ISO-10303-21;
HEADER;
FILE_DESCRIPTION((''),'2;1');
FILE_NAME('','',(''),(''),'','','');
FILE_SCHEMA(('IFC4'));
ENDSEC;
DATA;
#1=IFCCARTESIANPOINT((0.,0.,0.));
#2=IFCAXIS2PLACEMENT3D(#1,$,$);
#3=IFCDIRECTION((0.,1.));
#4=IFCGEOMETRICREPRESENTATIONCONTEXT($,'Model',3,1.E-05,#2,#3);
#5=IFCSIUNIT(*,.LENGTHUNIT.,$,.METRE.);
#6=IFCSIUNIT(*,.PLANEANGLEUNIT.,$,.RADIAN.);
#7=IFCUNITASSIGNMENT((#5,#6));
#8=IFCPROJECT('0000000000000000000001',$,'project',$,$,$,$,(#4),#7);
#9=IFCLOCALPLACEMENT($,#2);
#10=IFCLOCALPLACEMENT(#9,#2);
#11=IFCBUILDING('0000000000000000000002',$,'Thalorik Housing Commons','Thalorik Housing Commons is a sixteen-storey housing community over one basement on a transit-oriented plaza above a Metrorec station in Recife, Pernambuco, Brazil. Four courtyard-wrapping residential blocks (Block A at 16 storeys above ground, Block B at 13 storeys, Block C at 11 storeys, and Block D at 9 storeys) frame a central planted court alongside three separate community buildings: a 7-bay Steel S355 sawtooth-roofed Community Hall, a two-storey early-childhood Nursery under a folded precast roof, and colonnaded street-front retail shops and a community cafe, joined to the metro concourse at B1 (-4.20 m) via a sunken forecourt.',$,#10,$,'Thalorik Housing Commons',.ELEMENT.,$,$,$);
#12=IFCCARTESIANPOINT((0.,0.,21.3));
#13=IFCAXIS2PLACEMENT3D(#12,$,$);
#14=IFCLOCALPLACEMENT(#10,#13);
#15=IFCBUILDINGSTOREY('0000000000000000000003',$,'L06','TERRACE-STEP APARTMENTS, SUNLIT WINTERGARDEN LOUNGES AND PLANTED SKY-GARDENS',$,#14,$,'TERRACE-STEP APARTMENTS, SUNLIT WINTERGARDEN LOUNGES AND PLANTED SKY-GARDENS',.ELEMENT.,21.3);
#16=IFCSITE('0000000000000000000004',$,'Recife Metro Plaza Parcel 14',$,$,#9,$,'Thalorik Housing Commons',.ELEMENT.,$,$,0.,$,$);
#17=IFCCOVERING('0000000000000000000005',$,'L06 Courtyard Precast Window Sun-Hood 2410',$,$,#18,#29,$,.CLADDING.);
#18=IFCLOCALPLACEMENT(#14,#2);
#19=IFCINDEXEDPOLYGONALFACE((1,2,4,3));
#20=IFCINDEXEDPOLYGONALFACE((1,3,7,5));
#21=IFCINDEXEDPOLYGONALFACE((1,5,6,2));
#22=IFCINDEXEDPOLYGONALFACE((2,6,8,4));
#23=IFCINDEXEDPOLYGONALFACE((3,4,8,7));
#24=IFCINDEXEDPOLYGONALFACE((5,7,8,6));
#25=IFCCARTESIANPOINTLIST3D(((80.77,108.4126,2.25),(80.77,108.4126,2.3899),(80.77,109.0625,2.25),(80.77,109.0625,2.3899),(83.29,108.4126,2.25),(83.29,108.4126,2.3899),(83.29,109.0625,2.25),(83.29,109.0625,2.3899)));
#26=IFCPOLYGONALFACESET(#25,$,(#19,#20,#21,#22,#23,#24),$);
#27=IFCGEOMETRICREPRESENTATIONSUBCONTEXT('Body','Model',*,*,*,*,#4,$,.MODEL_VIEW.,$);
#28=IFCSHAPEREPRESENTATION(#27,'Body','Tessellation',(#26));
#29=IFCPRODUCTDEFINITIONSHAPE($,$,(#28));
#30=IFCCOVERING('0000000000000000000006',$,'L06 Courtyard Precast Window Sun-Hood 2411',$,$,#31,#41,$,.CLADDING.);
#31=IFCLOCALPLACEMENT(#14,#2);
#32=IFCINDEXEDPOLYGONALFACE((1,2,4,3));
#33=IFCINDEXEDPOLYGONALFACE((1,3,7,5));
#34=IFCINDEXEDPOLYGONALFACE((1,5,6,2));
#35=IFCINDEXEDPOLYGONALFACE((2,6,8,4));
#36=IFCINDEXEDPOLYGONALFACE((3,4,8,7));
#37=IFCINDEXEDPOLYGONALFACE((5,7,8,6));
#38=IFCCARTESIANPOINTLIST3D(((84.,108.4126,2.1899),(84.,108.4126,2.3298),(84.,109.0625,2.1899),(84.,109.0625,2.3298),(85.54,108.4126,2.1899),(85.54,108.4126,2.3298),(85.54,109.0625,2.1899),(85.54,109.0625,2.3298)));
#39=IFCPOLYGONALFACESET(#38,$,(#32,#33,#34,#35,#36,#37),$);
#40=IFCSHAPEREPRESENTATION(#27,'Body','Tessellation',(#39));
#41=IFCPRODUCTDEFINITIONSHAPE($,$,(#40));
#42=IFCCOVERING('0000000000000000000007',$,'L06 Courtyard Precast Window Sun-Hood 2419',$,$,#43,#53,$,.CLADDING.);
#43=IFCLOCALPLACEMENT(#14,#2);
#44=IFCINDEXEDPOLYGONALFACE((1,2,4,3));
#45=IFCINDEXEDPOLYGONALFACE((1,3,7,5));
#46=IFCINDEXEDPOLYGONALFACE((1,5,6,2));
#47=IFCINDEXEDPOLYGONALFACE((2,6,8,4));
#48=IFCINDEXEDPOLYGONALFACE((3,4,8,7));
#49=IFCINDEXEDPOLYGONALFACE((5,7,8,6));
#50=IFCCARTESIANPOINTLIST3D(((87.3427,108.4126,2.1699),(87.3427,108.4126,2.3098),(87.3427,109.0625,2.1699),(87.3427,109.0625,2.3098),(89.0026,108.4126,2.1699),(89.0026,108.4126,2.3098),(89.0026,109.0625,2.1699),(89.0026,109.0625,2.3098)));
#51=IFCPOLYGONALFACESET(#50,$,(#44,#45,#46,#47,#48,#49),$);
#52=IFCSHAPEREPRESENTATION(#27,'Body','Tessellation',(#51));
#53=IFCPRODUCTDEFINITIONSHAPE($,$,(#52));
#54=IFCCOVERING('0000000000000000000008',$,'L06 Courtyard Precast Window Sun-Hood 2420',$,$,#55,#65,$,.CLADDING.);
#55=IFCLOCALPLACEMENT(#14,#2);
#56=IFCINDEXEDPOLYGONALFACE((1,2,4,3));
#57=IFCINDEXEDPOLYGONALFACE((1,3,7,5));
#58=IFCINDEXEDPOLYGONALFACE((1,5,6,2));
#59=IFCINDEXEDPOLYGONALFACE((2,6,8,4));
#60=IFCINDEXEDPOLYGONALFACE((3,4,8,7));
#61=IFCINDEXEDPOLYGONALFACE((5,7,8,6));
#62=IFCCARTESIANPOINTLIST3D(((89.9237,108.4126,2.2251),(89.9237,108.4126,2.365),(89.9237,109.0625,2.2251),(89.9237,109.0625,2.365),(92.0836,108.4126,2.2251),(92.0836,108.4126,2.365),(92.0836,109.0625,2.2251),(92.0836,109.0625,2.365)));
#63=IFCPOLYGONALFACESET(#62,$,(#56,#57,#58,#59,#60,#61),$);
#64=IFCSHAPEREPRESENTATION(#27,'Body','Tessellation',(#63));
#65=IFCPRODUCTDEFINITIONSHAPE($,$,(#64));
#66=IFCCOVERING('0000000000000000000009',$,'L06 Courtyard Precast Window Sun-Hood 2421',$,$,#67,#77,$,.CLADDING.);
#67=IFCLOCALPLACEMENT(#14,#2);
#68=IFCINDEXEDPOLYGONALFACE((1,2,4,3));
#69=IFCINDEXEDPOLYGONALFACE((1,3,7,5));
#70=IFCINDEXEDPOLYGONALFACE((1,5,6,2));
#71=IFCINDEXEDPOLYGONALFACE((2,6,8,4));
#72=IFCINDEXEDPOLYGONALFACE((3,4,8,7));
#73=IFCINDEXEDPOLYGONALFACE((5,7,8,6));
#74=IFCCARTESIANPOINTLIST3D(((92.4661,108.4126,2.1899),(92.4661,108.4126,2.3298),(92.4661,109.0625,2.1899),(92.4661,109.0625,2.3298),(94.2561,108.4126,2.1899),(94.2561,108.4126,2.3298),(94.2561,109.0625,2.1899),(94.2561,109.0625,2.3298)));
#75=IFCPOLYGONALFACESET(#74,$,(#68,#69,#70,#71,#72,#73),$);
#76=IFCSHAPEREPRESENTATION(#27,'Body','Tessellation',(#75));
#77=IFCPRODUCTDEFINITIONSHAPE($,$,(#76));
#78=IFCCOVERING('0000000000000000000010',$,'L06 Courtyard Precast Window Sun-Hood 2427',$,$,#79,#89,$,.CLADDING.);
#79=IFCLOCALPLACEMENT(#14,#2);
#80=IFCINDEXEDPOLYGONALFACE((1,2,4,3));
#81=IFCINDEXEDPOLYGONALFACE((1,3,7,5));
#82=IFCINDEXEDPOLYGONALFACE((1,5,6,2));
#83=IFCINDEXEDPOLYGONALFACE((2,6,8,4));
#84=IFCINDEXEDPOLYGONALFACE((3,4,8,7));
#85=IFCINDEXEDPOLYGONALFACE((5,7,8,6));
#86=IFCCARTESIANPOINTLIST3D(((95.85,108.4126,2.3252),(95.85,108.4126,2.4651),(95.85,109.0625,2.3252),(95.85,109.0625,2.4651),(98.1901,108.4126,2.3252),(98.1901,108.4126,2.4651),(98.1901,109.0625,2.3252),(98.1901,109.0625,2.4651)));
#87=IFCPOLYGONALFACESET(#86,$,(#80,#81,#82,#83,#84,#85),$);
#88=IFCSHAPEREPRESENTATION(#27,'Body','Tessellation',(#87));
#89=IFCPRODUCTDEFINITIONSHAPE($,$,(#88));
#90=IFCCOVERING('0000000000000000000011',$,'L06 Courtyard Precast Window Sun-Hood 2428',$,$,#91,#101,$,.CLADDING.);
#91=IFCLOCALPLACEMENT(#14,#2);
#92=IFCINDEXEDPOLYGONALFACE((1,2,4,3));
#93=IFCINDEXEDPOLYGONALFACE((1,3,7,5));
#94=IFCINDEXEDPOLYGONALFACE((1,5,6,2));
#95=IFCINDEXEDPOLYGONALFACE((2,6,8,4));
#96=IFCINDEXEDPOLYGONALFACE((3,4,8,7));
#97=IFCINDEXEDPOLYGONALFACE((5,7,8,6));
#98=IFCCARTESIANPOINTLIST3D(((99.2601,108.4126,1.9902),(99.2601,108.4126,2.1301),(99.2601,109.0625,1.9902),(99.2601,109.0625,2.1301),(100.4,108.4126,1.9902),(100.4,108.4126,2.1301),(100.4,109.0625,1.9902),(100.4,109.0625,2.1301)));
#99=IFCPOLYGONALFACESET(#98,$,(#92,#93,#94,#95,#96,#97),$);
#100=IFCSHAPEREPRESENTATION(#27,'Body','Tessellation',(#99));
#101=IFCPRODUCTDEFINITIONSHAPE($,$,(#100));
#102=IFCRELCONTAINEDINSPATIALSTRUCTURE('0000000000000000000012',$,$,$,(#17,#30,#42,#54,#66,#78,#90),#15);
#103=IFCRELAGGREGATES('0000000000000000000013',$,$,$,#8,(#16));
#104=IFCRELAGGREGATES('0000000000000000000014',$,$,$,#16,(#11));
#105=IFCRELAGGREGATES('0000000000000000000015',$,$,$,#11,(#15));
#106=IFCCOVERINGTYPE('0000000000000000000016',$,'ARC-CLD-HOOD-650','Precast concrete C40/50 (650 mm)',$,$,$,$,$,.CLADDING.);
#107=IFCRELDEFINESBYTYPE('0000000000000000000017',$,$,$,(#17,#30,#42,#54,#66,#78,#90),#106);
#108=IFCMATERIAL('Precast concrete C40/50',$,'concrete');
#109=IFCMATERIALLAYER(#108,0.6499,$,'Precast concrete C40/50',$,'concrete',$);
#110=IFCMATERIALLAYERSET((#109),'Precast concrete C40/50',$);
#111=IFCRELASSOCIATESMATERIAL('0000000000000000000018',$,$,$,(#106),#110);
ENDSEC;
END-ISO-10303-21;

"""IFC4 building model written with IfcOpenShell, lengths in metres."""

from ifc_helpers import new_model, si_unit, direction, frame, origin, origin_2d, place, context, subcontext, project, spatial, rectangle, extrude, material, layer, layer_set, type_object, element, save


model = new_model("IFC4")

# Units and contexts
model_context = context("Model", 3, precision=1e-05, world=origin(), true_north=direction((0.0, 1.0)))
body_context = subcontext(model_context, "Body", "Model", "MODEL_VIEW")
ifc_project = project(units=[si_unit("LENGTHUNIT", "METRE"), si_unit("PLANEANGLEUNIT", "RADIAN")], contexts=[model_context])

# Site, building, storey
site_placement = place(None, origin())
site = spatial("IfcSite", under=ifc_project, at=site_placement, Name="Recife Metro Plaza Parcel 14", LongName="Thalorik Housing Commons", CompositionType="ELEMENT", RefElevation=0.0)
building_placement = place(site_placement, origin())
building = spatial("IfcBuilding", under=site, at=building_placement, Name="Thalorik Housing Commons", Description="Thalorik Housing Commons is a sixteen-storey housing community over one basement on a transit-oriented plaza above a Metrorec station in Recife, Pernambuco, Brazil. Four courtyard-wrapping residential blocks (Block A at 16 storeys above ground, Block B at 13 storeys, Block C at 11 storeys, and Block D at 9 storeys) frame a central planted court alongside three separate community buildings: a 7-bay Steel S355 sawtooth-roofed Community Hall, a two-storey early-childhood Nursery under a folded precast roof, and colonnaded street-front retail shops and a community cafe, joined to the metro concourse at B1 (-4.20 m) via a sunken forecourt.", LongName="Thalorik Housing Commons", CompositionType="ELEMENT")
storey_placement = place(building_placement, frame((0.0, 0.0, 21.3)))
storey = spatial("IfcBuildingStorey", under=building, at=storey_placement, Name="L06", Description="TERRACE-STEP APARTMENTS, SUNLIT WINTERGARDEN LOUNGES AND PLANTED SKY-GARDENS", LongName="TERRACE-STEP APARTMENTS, SUNLIT WINTERGARDEN LOUNGES AND PLANTED SKY-GARDENS", CompositionType="ELEMENT", Elevation=21.3)

# Coverings
ifc_material = material(Name="Precast concrete C40/50", Category="concrete")
ifc_layer_1 = layer(ifc_material, 0.6499, Name="Precast concrete C40/50", Category="concrete")
ifc_layer_set_1 = layer_set([ifc_layer_1], Name="Precast concrete C40/50")
covering_type_1 = type_object("IfcCoveringType", Name="ARC-CLD-HOOD-650", Description="Precast concrete C40/50 (650 mm)", PredefinedType="CLADDING", material=ifc_layer_set_1)
covering_1_placement = place(storey_placement, frame((82.03, 108.7375, 2.25), z_axis=(0.0, 0.0, 1.0), x_axis=(1.0, 0.0, 0.0)))
element("IfcCovering", 1, at=covering_1_placement, inside=storey, type_object=covering_type_1, Name="L06 Courtyard Precast Window Sun-Hood 2410", PredefinedType="CLADDING", context=body_context, shape_type="SweptSolid", body=[
    extrude(rectangle(XDim=2.52, YDim=0.6499, at=origin_2d()), origin(), (0.0, 0.0, 1.0), 0.1399),
])
covering_2_placement = place(storey_placement, frame((84.77, 108.7375, 2.1899), z_axis=(0.0, 0.0, 1.0), x_axis=(1.0, 0.0, 0.0)))
element("IfcCovering", 2, at=covering_2_placement, inside=storey, type_object=covering_type_1, Name="L06 Courtyard Precast Window Sun-Hood 2411", PredefinedType="CLADDING", context=body_context, shape_type="SweptSolid", body=[
    extrude(rectangle(XDim=1.54, YDim=0.6499, at=origin_2d()), origin(), (0.0, 0.0, 1.0), 0.1399),
])
covering_3_placement = place(storey_placement, frame((88.1726, 108.7375, 2.1699), z_axis=(0.0, 0.0, 1.0), x_axis=(1.0, 0.0, 0.0)))
element("IfcCovering", 3, at=covering_3_placement, inside=storey, type_object=covering_type_1, Name="L06 Courtyard Precast Window Sun-Hood 2419", PredefinedType="CLADDING", context=body_context, shape_type="SweptSolid", body=[
    extrude(rectangle(XDim=1.6599, YDim=0.6499, at=origin_2d()), origin(), (0.0, 0.0, 1.0), 0.1399),
])
covering_4_placement = place(storey_placement, frame((91.0037, 108.7375, 2.2251), z_axis=(0.0, 0.0, 1.0), x_axis=(1.0, 0.0, 0.0)))
element("IfcCovering", 4, at=covering_4_placement, inside=storey, type_object=covering_type_1, Name="L06 Courtyard Precast Window Sun-Hood 2420", PredefinedType="CLADDING", context=body_context, shape_type="SweptSolid", body=[
    extrude(rectangle(XDim=2.1599, YDim=0.6499, at=origin_2d()), origin(), (0.0, 0.0, 1.0), 0.1399),
])
covering_5_placement = place(storey_placement, frame((93.3611, 108.7375, 2.1899), z_axis=(0.0, 0.0, 1.0), x_axis=(1.0, 0.0, 0.0)))
element("IfcCovering", 5, at=covering_5_placement, inside=storey, type_object=covering_type_1, Name="L06 Courtyard Precast Window Sun-Hood 2421", PredefinedType="CLADDING", context=body_context, shape_type="SweptSolid", body=[
    extrude(rectangle(XDim=1.79, YDim=0.6499, at=origin_2d()), origin(), (0.0, 0.0, 1.0), 0.1399),
])
covering_6_placement = place(storey_placement, frame((97.02, 108.7375, 2.3252), z_axis=(0.0, 0.0, 1.0), x_axis=(1.0, 0.0, 0.0)))
element("IfcCovering", 6, at=covering_6_placement, inside=storey, type_object=covering_type_1, Name="L06 Courtyard Precast Window Sun-Hood 2427", PredefinedType="CLADDING", context=body_context, shape_type="SweptSolid", body=[
    extrude(rectangle(XDim=2.3401, YDim=0.6499, at=origin_2d()), origin(), (0.0, 0.0, 1.0), 0.1399),
])
covering_7_placement = place(storey_placement, frame((99.8301, 108.7375, 1.9902), z_axis=(0.0, 0.0, 1.0), x_axis=(1.0, 0.0, 0.0)))
element("IfcCovering", 7, at=covering_7_placement, inside=storey, type_object=covering_type_1, Name="L06 Courtyard Precast Window Sun-Hood 2428", PredefinedType="CLADDING", context=body_context, shape_type="SweptSolid", body=[
    extrude(rectangle(XDim=1.1399, YDim=0.6499, at=origin_2d()), origin(), (0.0, 0.0, 1.0), 0.1399),
])

save(model, "model.ifc")
